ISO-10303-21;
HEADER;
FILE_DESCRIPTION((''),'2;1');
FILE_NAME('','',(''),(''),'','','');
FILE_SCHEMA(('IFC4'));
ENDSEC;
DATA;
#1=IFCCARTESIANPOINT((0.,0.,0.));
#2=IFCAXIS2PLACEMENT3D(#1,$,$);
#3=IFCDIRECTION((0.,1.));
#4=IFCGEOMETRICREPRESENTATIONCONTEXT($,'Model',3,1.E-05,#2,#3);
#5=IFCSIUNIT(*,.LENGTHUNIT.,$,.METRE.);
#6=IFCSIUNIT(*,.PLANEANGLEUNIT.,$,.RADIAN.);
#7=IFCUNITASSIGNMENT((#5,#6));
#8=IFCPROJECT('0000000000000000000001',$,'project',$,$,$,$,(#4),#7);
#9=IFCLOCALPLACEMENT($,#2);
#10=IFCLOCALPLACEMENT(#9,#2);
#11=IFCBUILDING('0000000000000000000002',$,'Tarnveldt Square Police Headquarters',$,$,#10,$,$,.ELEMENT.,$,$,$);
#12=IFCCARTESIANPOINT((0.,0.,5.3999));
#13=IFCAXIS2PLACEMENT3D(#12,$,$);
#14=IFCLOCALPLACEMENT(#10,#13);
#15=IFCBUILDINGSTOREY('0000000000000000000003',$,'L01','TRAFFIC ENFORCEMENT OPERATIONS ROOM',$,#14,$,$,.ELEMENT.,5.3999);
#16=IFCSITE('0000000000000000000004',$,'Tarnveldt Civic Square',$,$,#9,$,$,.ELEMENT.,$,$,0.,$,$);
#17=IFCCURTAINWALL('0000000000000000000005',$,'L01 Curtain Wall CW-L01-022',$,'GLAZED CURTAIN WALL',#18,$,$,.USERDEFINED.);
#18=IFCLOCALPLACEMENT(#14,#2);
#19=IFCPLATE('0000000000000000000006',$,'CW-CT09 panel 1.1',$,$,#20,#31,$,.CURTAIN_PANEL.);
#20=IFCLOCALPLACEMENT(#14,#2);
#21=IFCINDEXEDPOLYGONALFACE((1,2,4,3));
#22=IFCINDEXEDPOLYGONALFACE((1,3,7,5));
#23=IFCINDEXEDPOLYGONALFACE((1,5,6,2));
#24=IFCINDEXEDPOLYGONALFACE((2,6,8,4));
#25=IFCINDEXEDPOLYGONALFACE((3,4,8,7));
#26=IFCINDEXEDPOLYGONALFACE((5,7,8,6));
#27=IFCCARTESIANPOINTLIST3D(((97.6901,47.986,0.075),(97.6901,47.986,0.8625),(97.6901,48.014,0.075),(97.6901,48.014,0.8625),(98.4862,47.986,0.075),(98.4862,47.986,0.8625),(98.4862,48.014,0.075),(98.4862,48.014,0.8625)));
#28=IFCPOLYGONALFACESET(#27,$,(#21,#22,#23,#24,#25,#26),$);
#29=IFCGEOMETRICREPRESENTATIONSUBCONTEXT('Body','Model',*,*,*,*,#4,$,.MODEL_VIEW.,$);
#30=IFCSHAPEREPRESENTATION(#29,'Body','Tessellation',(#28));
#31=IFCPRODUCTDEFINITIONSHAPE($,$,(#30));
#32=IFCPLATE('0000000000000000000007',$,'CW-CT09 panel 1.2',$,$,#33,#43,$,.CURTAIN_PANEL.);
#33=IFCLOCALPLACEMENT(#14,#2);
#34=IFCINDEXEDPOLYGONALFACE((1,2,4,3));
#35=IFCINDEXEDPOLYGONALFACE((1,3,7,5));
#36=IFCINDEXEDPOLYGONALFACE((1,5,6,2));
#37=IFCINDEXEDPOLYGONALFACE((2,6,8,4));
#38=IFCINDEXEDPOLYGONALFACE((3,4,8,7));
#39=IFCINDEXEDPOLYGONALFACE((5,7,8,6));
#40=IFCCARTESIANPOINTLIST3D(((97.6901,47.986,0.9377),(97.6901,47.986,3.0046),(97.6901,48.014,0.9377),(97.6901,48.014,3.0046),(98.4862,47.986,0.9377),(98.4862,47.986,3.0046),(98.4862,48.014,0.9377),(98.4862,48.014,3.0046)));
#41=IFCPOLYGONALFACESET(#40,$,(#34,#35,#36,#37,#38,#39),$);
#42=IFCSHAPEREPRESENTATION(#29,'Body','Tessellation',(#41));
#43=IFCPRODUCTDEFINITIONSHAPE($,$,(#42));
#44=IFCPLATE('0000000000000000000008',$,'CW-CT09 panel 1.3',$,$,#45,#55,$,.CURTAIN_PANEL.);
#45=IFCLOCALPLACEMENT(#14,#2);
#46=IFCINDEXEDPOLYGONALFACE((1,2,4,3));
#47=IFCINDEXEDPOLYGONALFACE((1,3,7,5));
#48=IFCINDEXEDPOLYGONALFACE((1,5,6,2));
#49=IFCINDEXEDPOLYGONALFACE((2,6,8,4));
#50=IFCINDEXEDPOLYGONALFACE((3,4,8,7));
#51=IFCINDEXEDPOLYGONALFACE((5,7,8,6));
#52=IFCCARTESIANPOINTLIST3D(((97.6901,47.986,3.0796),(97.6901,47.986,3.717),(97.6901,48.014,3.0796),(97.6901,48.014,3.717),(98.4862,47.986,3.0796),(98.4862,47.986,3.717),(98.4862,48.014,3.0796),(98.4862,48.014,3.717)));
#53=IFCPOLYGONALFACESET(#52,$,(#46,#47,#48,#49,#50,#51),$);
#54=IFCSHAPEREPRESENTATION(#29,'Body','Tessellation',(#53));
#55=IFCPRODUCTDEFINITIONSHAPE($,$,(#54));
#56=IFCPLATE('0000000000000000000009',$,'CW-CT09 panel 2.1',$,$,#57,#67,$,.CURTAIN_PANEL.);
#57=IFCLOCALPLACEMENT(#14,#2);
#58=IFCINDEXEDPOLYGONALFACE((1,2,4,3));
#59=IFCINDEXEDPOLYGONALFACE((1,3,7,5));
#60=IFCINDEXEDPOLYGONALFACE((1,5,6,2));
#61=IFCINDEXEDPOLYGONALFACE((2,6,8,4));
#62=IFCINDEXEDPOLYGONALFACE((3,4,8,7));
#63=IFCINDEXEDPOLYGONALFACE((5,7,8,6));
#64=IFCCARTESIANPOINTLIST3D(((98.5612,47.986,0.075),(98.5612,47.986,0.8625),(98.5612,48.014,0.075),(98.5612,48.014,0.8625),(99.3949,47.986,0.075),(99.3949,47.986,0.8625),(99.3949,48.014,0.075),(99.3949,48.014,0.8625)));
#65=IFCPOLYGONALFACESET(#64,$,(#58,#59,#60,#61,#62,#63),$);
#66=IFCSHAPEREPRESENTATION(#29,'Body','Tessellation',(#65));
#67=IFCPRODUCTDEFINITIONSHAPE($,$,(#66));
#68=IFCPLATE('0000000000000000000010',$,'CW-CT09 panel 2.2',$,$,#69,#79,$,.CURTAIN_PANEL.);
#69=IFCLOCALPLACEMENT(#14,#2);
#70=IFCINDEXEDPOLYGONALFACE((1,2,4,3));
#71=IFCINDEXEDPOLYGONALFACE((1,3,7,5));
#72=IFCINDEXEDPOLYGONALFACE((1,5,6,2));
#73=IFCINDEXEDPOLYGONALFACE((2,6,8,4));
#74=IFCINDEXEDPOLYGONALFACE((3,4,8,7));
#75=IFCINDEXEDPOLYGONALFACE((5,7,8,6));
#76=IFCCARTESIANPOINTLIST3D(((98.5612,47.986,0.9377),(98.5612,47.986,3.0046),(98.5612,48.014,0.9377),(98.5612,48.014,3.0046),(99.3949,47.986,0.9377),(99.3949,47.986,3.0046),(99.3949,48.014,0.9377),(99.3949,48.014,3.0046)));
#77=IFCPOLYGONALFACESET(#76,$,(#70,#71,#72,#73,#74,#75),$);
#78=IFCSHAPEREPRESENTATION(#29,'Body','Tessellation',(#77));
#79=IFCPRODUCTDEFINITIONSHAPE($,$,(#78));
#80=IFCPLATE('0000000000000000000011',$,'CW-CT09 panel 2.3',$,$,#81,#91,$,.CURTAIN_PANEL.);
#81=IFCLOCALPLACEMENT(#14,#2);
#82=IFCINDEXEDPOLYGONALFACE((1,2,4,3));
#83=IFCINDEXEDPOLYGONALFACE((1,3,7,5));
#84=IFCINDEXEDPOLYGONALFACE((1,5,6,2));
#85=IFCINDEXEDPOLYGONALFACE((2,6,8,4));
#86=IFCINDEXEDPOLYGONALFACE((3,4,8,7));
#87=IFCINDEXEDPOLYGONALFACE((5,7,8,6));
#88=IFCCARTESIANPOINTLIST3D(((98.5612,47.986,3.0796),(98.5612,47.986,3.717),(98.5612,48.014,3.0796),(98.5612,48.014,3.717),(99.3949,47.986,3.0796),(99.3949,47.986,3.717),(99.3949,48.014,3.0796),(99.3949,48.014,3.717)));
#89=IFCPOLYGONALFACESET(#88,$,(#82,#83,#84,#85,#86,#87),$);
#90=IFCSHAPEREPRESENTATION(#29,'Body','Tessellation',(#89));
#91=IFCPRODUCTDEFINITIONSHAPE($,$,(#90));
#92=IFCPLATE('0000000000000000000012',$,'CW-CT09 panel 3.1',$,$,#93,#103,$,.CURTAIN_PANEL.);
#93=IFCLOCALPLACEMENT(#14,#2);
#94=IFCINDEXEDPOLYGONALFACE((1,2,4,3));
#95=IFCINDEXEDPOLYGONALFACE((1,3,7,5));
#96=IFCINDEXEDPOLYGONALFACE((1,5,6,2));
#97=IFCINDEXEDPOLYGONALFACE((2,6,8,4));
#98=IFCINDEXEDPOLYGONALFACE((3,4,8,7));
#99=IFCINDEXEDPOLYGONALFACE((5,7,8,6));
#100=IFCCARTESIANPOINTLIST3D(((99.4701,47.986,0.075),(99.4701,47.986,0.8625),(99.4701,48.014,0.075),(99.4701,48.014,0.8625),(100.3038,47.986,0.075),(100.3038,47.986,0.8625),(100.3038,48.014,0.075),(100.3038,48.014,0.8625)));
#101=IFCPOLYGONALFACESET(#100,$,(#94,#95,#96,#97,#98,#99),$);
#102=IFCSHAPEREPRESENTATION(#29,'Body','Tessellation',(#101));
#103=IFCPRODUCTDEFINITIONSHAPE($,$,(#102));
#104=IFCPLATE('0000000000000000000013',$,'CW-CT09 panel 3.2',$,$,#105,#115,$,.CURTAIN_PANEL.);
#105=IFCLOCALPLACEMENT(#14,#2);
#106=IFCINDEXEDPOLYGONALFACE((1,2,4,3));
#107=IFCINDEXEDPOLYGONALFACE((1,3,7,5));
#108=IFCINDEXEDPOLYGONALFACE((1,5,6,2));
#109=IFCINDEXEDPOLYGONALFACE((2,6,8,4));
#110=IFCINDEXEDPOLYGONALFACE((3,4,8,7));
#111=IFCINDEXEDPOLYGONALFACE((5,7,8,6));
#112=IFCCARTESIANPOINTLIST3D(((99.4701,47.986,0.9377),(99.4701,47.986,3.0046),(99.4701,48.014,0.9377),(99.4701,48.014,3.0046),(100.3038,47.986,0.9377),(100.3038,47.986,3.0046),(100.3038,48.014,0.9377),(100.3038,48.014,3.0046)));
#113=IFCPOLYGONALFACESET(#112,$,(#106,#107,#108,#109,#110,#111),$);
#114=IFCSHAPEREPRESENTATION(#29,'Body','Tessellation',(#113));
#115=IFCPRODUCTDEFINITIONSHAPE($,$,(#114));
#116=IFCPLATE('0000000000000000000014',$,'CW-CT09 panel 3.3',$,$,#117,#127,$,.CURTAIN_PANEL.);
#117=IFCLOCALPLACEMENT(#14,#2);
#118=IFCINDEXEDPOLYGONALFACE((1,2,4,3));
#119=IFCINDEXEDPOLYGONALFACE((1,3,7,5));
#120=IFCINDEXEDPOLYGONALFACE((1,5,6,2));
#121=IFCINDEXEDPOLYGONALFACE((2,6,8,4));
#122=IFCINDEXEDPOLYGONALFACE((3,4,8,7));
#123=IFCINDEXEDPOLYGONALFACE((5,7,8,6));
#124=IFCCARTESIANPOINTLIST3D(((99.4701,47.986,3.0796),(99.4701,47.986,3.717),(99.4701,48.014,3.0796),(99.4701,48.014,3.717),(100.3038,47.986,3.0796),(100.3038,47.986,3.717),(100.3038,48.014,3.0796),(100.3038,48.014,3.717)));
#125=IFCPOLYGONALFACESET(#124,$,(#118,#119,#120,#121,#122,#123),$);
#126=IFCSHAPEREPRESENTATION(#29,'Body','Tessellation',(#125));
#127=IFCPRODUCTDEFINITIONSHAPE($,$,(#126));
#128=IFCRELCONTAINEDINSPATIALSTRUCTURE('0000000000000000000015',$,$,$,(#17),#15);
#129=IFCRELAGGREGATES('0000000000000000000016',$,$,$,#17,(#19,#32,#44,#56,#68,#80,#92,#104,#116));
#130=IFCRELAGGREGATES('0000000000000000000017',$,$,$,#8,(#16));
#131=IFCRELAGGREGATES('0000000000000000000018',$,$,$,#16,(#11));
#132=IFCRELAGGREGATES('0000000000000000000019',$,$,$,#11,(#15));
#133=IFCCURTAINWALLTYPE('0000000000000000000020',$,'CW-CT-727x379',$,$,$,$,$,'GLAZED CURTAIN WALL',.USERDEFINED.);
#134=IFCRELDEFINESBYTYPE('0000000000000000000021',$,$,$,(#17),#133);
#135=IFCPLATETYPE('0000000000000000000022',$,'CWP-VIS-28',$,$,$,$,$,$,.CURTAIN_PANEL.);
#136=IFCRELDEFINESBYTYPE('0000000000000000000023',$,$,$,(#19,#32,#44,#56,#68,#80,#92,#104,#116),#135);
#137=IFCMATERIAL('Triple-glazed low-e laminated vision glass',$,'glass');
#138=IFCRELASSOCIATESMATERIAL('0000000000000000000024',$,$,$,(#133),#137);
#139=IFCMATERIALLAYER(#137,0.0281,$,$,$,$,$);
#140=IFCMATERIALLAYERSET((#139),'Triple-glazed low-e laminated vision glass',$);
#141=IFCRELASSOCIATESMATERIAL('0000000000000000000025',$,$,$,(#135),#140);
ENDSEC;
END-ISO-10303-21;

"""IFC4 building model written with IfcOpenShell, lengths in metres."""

from ifc_helpers import new_model, si_unit, direction, frame, origin, origin_2d, place, context, subcontext, project, spatial, rectangle, extrude, material, layer, layer_set, type_object, element, aggregate, save


model = new_model("IFC4")

# Units and contexts
model_context = context("Model", 3, precision=1e-05, world=origin(), true_north=direction((0.0, 1.0)))
body_context = subcontext(model_context, "Body", "Model", "MODEL_VIEW")
ifc_project = project(units=[si_unit("LENGTHUNIT", "METRE"), si_unit("PLANEANGLEUNIT", "RADIAN")], contexts=[model_context])

# Site, building, storey
site_placement = place(None, origin())
site = spatial("IfcSite", under=ifc_project, at=site_placement, Name="Tarnveldt Civic Square", CompositionType="ELEMENT", RefElevation=0.0)
building_placement = place(site_placement, origin())
building = spatial("IfcBuilding", under=site, at=building_placement, Name="Tarnveldt Square Police Headquarters", CompositionType="ELEMENT")
storey_placement = place(building_placement, frame((0.0, 0.0, 5.3999)))
storey = spatial("IfcBuildingStorey", under=building, at=storey_placement, Name="L01", Description="TRAFFIC ENFORCEMENT OPERATIONS ROOM", CompositionType="ELEMENT", Elevation=5.3999)

# Curtain wall
ifc_material_1 = material(Name="Triple-glazed low-e laminated vision glass", Category="glass")
curtain_wall_type_1 = type_object("IfcCurtainWallType", Name="CW-CT-727x379", ElementType="GLAZED CURTAIN WALL", PredefinedType="USERDEFINED", material=ifc_material_1)
curtain_wall_1_placement = place(storey_placement, origin())
curtain_wall_1 = element("IfcCurtainWall", 1, at=curtain_wall_1_placement, inside=storey, type_object=curtain_wall_type_1, Name="L01 Curtain Wall CW-L01-022", ObjectType="GLAZED CURTAIN WALL", PredefinedType="USERDEFINED")

# Plates
ifc_layer = layer(ifc_material_1, 0.0281)
ifc_layer_set = layer_set([ifc_layer], Name="Triple-glazed low-e laminated vision glass")
plate_type = type_object("IfcPlateType", Name="CWP-VIS-28", PredefinedType="CURTAIN_PANEL", material=ifc_layer_set)
plate_1_placement = place(storey_placement, frame((98.0881, 48.0, 0.075), z_axis=(0.0, 0.0, 1.0), x_axis=(1.0, 0.0, 0.0)))
plate_1 = element("IfcPlate", 2, at=plate_1_placement, type_object=plate_type, Name="CW-CT09 panel 1.1", PredefinedType="CURTAIN_PANEL", context=body_context, shape_type="SweptSolid", body=[
    extrude(rectangle(XDim=0.7961, YDim=0.0281, at=origin_2d()), origin(), (0.0, 0.0, 1.0), 0.7876),
])
plate_2_placement = place(storey_placement, frame((98.0881, 48.0, 0.9377), z_axis=(0.0, 0.0, 1.0), x_axis=(1.0, 0.0, 0.0)))
plate_2 = element("IfcPlate", 3, at=plate_2_placement, type_object=plate_type, Name="CW-CT09 panel 1.2", PredefinedType="CURTAIN_PANEL", context=body_context, shape_type="SweptSolid", body=[
    extrude(rectangle(XDim=0.7961, YDim=0.0281, at=origin_2d()), origin(), (0.0, 0.0, 1.0), 2.0669),
])
plate_3_placement = place(storey_placement, frame((98.0881, 48.0, 3.0796), z_axis=(0.0, 0.0, 1.0), x_axis=(1.0, 0.0, 0.0)))
plate_3 = element("IfcPlate", 4, at=plate_3_placement, type_object=plate_type, Name="CW-CT09 panel 1.3", PredefinedType="CURTAIN_PANEL", context=body_context, shape_type="SweptSolid", body=[
    extrude(rectangle(XDim=0.7961, YDim=0.0281, at=origin_2d()), origin(), (0.0, 0.0, 1.0), 0.6375),
])
plate_4_placement = place(storey_placement, frame((98.978, 48.0, 0.075), z_axis=(0.0, 0.0, 1.0), x_axis=(1.0, 0.0, 0.0)))
plate_4 = element("IfcPlate", 5, at=plate_4_placement, type_object=plate_type, Name="CW-CT09 panel 2.1", PredefinedType="CURTAIN_PANEL", context=body_context, shape_type="SweptSolid", body=[
    extrude(rectangle(XDim=0.8337, YDim=0.0281, at=origin_2d()), origin(), (0.0, 0.0, 1.0), 0.7876),
])
plate_5_placement = place(storey_placement, frame((98.978, 48.0, 0.9377), z_axis=(0.0, 0.0, 1.0), x_axis=(1.0, 0.0, 0.0)))
plate_5 = element("IfcPlate", 6, at=plate_5_placement, type_object=plate_type, Name="CW-CT09 panel 2.2", PredefinedType="CURTAIN_PANEL", context=body_context, shape_type="SweptSolid", body=[
    extrude(rectangle(XDim=0.8337, YDim=0.0281, at=origin_2d()), origin(), (0.0, 0.0, 1.0), 2.0669),
])
plate_6_placement = place(storey_placement, frame((98.978, 48.0, 3.0796), z_axis=(0.0, 0.0, 1.0), x_axis=(1.0, 0.0, 0.0)))
plate_6 = element("IfcPlate", 7, at=plate_6_placement, type_object=plate_type, Name="CW-CT09 panel 2.3", PredefinedType="CURTAIN_PANEL", context=body_context, shape_type="SweptSolid", body=[
    extrude(rectangle(XDim=0.8337, YDim=0.0281, at=origin_2d()), origin(), (0.0, 0.0, 1.0), 0.6375),
])
plate_7_placement = place(storey_placement, frame((99.887, 48.0, 0.075), z_axis=(0.0, 0.0, 1.0), x_axis=(1.0, 0.0, 0.0)))
plate_7 = element("IfcPlate", 8, at=plate_7_placement, type_object=plate_type, Name="CW-CT09 panel 3.1", PredefinedType="CURTAIN_PANEL", context=body_context, shape_type="SweptSolid", body=[
    extrude(rectangle(XDim=0.8337, YDim=0.0281, at=origin_2d()), origin(), (0.0, 0.0, 1.0), 0.7876),
])
plate_8_placement = place(storey_placement, frame((99.887, 48.0, 0.9377), z_axis=(0.0, 0.0, 1.0), x_axis=(1.0, 0.0, 0.0)))
plate_8 = element("IfcPlate", 9, at=plate_8_placement, type_object=plate_type, Name="CW-CT09 panel 3.2", PredefinedType="CURTAIN_PANEL", context=body_context, shape_type="SweptSolid", body=[
    extrude(rectangle(XDim=0.8337, YDim=0.0281, at=origin_2d()), origin(), (0.0, 0.0, 1.0), 2.0669),
])
plate_9_placement = place(storey_placement, frame((99.887, 48.0, 3.0796), z_axis=(0.0, 0.0, 1.0), x_axis=(1.0, 0.0, 0.0)))
plate_9 = element("IfcPlate", 10, at=plate_9_placement, type_object=plate_type, Name="CW-CT09 panel 3.3", PredefinedType="CURTAIN_PANEL", context=body_context, shape_type="SweptSolid", body=[
    extrude(rectangle(XDim=0.8337, YDim=0.0281, at=origin_2d()), origin(), (0.0, 0.0, 1.0), 0.6375),
])
aggregate(curtain_wall_1, [plate_1, plate_2, plate_3, plate_4, plate_5, plate_6, plate_7, plate_8, plate_9])

save(model, "model.ifc")
